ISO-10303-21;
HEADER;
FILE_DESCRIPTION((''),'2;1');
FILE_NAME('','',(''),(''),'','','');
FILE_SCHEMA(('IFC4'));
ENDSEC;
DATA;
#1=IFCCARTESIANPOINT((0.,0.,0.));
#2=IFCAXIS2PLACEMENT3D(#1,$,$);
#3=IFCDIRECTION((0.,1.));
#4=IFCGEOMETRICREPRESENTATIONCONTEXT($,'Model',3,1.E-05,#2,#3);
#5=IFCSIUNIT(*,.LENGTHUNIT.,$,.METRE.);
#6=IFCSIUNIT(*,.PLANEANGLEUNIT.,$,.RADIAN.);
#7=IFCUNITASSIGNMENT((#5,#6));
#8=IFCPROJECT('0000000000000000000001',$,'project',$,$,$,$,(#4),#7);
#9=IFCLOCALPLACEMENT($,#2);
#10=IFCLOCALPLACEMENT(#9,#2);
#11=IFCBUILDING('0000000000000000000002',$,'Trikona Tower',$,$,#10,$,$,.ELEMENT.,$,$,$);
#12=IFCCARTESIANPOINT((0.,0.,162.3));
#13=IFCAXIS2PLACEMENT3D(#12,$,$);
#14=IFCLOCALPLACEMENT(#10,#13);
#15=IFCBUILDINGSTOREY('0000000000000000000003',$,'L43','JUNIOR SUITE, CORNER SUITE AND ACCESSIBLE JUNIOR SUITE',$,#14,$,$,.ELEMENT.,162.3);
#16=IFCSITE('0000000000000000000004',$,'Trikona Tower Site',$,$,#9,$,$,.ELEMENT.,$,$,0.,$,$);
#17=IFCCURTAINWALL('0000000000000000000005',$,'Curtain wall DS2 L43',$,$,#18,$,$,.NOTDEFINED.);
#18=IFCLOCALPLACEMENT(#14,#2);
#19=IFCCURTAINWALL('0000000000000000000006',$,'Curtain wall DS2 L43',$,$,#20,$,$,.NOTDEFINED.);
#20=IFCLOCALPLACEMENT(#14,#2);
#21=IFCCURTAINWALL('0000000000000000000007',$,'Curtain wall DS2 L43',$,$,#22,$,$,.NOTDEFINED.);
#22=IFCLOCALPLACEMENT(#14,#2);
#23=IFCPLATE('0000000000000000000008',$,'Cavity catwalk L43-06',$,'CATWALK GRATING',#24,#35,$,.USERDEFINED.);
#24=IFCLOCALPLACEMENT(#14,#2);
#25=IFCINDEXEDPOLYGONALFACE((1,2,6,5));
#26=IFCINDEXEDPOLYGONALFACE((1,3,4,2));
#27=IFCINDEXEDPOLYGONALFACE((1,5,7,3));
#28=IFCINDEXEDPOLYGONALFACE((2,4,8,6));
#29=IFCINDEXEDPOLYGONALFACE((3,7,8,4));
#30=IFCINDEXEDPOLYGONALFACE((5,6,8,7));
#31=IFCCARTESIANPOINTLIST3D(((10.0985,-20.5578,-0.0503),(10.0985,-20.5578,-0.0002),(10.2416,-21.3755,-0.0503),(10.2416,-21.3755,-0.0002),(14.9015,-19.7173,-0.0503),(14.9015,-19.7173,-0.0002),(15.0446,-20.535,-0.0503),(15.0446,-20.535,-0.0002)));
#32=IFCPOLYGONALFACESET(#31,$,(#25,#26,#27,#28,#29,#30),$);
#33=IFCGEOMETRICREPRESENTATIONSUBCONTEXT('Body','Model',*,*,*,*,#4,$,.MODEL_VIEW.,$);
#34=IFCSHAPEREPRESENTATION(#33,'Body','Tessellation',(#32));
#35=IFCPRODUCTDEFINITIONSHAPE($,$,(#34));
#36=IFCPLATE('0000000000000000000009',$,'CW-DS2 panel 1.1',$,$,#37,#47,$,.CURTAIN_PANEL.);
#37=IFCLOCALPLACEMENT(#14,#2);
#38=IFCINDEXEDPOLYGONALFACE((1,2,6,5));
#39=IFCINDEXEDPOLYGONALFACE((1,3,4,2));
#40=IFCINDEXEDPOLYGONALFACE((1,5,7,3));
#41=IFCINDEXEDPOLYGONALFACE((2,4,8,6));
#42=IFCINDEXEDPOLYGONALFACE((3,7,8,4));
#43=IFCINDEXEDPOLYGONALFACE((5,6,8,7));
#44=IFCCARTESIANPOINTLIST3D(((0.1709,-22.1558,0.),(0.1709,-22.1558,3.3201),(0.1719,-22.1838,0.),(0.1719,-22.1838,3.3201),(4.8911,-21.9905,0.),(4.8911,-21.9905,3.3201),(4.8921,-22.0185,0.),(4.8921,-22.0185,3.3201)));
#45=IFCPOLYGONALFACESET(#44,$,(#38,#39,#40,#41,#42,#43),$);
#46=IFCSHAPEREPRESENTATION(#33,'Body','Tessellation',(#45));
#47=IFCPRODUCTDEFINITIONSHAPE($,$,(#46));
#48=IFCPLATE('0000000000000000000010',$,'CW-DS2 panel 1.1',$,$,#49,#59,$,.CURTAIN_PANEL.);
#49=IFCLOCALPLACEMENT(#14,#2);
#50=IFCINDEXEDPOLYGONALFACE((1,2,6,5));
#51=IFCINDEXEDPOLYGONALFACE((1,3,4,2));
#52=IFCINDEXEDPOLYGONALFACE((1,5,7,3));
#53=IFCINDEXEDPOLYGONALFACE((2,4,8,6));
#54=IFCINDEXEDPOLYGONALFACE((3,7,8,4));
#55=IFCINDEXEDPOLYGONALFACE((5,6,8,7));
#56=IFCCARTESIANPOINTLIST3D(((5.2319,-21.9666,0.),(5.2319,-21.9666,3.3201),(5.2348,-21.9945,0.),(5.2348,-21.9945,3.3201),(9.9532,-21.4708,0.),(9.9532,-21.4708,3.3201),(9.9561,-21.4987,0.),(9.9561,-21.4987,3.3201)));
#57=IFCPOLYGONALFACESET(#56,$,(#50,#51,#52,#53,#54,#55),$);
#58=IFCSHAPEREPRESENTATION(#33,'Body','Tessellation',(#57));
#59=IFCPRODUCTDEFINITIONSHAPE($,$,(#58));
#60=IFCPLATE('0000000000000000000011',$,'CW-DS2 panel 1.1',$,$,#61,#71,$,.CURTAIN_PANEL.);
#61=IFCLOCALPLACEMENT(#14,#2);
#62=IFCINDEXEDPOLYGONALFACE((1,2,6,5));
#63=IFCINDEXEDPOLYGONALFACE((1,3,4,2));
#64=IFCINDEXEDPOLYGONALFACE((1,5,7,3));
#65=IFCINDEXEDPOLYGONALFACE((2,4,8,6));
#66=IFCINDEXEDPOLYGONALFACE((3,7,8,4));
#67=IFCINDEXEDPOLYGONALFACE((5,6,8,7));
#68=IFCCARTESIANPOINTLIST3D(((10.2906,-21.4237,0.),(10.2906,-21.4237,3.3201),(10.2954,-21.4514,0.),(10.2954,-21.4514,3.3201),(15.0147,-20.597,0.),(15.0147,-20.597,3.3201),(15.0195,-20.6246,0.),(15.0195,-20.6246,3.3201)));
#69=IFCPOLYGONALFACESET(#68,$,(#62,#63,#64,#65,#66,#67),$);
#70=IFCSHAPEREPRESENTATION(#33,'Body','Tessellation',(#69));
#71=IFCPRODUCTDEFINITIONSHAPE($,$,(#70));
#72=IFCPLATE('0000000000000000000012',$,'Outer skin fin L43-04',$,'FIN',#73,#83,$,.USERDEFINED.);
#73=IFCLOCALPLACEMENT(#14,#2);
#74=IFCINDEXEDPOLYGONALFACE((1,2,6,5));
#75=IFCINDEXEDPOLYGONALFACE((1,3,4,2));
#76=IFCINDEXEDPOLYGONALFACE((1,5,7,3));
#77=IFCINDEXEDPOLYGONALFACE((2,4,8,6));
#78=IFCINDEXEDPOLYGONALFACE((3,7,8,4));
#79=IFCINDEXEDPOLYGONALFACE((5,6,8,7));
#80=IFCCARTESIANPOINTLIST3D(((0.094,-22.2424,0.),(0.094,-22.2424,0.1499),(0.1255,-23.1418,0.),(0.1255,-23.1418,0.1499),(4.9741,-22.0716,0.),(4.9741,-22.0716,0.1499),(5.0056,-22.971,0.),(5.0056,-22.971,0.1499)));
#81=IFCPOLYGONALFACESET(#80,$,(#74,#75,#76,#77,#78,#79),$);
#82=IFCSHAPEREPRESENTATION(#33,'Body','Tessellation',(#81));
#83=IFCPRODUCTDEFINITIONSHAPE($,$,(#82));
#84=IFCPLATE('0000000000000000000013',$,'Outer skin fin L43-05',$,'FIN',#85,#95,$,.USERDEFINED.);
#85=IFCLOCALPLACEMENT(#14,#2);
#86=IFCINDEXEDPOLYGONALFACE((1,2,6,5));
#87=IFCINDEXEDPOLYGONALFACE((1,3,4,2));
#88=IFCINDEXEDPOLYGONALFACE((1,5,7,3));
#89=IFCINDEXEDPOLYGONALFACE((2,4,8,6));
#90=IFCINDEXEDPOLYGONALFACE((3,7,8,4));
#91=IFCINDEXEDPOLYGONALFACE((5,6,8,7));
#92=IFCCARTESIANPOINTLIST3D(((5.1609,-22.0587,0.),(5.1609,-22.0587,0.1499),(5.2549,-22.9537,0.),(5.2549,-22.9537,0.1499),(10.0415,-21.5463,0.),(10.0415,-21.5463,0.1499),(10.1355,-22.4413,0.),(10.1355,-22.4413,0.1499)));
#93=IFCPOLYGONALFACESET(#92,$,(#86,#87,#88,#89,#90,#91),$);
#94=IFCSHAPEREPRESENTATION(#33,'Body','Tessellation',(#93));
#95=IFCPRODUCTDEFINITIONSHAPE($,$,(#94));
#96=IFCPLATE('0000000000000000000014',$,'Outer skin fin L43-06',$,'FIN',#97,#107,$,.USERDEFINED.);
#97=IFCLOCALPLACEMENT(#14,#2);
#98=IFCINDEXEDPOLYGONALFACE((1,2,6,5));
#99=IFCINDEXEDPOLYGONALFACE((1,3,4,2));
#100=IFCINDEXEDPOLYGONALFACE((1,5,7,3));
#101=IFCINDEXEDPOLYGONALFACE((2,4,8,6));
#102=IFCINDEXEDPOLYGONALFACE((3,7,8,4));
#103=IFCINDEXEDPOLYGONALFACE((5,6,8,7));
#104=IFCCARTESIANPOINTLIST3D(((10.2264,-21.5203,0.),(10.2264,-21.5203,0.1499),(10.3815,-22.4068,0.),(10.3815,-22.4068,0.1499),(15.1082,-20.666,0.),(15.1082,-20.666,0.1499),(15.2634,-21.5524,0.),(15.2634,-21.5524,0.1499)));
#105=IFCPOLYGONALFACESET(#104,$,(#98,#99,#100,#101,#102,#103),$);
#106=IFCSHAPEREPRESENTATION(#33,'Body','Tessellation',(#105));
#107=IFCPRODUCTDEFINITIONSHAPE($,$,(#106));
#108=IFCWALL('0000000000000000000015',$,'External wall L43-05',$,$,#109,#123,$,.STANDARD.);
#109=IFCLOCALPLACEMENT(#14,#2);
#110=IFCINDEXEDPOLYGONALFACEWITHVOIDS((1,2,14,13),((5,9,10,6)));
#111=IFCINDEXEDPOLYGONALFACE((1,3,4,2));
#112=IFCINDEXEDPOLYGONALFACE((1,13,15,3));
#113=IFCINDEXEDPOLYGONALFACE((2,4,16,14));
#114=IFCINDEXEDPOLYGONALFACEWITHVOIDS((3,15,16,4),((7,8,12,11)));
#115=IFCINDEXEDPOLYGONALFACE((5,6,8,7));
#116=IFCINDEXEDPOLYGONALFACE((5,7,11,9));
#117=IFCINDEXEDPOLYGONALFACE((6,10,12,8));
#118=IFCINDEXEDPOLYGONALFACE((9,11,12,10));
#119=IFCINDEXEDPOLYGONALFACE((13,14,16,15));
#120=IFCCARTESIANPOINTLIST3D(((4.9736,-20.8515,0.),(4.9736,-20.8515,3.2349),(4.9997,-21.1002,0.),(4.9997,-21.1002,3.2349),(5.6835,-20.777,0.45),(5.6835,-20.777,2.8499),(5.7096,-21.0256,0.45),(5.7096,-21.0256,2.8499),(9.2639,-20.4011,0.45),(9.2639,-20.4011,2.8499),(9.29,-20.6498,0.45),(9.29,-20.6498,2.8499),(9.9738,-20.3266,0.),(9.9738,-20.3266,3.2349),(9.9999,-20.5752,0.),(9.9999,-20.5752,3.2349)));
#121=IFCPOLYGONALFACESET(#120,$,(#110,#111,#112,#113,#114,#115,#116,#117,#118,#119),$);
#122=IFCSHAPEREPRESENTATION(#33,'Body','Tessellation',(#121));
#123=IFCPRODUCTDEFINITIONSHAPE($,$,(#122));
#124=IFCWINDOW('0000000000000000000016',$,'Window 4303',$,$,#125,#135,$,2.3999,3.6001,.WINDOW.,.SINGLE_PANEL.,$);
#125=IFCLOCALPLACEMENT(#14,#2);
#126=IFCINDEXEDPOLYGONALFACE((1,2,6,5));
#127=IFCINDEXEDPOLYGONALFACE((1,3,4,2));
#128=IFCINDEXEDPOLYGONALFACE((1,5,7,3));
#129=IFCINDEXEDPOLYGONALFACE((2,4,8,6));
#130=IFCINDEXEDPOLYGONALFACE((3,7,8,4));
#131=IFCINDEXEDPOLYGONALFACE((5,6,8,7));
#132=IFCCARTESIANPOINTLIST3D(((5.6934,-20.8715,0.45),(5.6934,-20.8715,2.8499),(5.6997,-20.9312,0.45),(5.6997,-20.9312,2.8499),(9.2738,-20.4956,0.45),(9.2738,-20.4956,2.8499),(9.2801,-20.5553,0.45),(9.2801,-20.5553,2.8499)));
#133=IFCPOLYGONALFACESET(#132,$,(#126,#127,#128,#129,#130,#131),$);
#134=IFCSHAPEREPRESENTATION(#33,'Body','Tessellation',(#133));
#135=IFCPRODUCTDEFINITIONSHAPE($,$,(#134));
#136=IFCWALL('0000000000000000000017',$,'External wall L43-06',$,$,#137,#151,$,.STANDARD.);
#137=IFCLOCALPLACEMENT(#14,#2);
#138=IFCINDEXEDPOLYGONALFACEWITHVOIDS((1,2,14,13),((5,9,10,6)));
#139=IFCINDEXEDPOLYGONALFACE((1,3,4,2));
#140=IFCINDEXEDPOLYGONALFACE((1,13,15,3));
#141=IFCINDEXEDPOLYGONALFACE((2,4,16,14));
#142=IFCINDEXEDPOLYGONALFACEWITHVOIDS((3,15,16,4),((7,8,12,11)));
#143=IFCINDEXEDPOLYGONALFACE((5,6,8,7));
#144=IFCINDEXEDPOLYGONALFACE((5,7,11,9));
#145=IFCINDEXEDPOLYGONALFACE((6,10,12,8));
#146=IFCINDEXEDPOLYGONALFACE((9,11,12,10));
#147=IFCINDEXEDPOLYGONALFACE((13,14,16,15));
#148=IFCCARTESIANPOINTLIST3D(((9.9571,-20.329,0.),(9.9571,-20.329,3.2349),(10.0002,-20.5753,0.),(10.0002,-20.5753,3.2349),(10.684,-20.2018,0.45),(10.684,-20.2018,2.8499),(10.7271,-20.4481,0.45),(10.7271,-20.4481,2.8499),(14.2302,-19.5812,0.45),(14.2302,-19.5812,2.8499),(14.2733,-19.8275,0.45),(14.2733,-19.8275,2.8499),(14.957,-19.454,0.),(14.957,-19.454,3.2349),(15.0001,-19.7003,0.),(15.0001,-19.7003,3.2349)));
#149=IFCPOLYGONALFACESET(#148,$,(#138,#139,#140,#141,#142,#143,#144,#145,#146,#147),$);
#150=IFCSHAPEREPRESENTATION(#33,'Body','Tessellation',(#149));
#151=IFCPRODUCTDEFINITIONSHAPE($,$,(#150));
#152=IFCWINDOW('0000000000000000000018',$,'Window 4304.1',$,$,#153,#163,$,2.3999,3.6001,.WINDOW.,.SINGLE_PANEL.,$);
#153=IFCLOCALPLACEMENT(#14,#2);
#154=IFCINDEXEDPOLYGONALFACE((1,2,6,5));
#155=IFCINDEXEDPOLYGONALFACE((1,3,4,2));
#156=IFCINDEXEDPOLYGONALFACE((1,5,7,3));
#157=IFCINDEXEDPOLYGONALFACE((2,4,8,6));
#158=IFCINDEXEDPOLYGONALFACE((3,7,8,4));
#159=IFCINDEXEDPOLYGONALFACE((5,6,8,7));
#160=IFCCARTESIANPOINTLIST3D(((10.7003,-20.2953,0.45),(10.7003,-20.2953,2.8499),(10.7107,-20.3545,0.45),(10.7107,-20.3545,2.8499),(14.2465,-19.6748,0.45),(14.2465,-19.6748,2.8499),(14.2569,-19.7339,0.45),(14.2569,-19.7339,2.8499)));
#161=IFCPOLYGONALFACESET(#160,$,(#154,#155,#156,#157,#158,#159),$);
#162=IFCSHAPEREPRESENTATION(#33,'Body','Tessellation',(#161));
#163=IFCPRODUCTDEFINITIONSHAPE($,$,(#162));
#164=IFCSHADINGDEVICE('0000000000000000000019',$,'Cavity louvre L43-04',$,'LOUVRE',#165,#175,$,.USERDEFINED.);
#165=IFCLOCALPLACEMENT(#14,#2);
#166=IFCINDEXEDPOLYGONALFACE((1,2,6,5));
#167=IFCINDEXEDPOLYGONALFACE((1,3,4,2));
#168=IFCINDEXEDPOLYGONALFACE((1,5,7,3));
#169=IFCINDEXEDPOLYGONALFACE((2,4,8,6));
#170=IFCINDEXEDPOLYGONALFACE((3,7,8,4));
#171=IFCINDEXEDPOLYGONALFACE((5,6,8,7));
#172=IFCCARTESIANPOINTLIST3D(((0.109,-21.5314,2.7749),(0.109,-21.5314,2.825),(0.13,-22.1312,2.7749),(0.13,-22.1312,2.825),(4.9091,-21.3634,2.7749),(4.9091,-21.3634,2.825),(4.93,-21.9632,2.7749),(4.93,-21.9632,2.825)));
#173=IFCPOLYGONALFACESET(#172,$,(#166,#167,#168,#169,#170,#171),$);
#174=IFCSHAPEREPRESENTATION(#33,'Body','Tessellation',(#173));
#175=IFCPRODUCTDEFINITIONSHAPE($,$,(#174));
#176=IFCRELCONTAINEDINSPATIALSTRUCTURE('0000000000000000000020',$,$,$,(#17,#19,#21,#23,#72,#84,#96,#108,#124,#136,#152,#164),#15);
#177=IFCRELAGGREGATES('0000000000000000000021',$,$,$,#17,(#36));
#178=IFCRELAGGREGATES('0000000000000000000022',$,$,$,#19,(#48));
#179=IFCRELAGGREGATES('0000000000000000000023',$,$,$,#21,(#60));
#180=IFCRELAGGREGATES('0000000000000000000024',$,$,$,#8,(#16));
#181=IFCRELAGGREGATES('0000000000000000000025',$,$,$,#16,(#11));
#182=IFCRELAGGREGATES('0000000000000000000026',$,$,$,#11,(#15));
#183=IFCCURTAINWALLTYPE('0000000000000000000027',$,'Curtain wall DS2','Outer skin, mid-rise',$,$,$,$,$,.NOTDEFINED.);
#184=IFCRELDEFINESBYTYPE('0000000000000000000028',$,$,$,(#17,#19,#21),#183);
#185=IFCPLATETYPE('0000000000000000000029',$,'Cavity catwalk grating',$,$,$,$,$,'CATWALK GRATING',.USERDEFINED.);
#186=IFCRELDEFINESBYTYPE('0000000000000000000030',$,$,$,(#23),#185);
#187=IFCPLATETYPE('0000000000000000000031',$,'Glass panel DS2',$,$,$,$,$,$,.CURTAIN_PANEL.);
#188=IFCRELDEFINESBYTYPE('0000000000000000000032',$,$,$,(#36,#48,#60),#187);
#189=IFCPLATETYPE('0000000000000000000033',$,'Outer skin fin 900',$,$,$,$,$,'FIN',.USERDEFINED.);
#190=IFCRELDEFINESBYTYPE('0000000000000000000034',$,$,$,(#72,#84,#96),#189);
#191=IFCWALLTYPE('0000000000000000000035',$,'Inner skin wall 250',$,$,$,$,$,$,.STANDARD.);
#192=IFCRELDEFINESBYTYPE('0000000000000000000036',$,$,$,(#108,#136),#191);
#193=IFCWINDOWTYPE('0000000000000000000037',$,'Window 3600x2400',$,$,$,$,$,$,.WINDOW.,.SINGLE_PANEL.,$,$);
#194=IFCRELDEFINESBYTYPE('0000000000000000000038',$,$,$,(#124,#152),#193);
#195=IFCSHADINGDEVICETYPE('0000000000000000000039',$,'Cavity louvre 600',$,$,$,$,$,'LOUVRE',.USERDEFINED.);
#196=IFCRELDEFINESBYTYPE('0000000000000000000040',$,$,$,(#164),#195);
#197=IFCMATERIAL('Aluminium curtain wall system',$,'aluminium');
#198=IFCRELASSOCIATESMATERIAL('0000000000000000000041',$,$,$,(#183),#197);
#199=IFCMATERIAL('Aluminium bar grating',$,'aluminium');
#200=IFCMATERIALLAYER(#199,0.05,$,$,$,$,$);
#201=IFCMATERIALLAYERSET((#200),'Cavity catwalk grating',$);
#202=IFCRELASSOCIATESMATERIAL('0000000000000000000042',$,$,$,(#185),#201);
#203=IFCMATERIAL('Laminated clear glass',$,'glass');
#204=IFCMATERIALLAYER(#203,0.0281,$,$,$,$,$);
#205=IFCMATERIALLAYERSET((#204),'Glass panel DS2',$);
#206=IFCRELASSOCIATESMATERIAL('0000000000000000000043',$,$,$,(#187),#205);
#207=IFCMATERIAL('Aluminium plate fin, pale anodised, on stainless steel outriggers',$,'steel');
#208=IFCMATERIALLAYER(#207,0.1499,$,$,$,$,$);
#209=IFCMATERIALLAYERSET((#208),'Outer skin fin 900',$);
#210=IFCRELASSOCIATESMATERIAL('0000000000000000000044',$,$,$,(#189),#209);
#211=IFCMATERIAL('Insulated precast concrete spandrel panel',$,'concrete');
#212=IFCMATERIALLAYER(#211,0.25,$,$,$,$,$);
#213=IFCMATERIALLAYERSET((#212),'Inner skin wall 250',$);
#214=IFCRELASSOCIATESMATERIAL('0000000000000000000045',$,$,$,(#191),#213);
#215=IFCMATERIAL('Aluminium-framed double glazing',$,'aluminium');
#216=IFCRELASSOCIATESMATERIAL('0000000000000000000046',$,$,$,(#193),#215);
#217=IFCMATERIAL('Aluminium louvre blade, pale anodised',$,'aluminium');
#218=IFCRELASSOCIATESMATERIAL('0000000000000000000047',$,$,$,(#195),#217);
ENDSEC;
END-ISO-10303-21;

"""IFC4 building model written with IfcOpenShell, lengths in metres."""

from ifc_helpers import new_model, si_unit, direction, frame, frame_2d, origin, origin_2d, place, context, subcontext, project, spatial, rectangle, extrude, material, layer, layer_set, type_object, element, fill, aggregate, save


model = new_model("IFC4")

# Units and contexts
model_context = context("Model", 3, precision=1e-05, world=origin(), true_north=direction((0.0, 1.0)))
body_context = subcontext(model_context, "Body", "Model", "MODEL_VIEW")
ifc_project = project(units=[si_unit("LENGTHUNIT", "METRE"), si_unit("PLANEANGLEUNIT", "RADIAN")], contexts=[model_context])

# Site, building, storey
site_placement = place(None, origin())
site = spatial("IfcSite", under=ifc_project, at=site_placement, Name="Trikona Tower Site", CompositionType="ELEMENT", RefElevation=0.0)
building_placement = place(site_placement, origin())
building = spatial("IfcBuilding", under=site, at=building_placement, Name="Trikona Tower", CompositionType="ELEMENT")
storey_placement = place(building_placement, frame((0.0, 0.0, 162.3)))
storey = spatial("IfcBuildingStorey", under=building, at=storey_placement, Name="L43", Description="JUNIOR SUITE, CORNER SUITE AND ACCESSIBLE JUNIOR SUITE", CompositionType="ELEMENT", Elevation=162.3)

# Curtain walls
ifc_material_1 = material(Name="Aluminium curtain wall system", Category="aluminium")
curtain_wall_type = type_object("IfcCurtainWallType", Name="Curtain wall DS2", Description="Outer skin, mid-rise", PredefinedType="NOTDEFINED", material=ifc_material_1)
curtain_wall_1_placement = place(storey_placement, origin())
curtain_wall_1 = element("IfcCurtainWall", 1, at=curtain_wall_1_placement, inside=storey, type_object=curtain_wall_type, Name="Curtain wall DS2 L43", PredefinedType="NOTDEFINED")
curtain_wall_2_placement = place(storey_placement, origin())
curtain_wall_2 = element("IfcCurtainWall", 2, at=curtain_wall_2_placement, inside=storey, type_object=curtain_wall_type, Name="Curtain wall DS2 L43", PredefinedType="NOTDEFINED")

# Curtain wall
curtain_wall_3_placement = place(storey_placement, origin())
curtain_wall_3 = element("IfcCurtainWall", 3, at=curtain_wall_3_placement, inside=storey, type_object=curtain_wall_type, Name="Curtain wall DS2 L43", PredefinedType="NOTDEFINED")

# Plate
ifc_material_2 = material(Name="Aluminium bar grating", Category="aluminium")
ifc_layer_1 = layer(ifc_material_2, 0.05)
ifc_layer_set_1 = layer_set([ifc_layer_1], Name="Cavity catwalk grating")
plate_type_1 = type_object("IfcPlateType", Name="Cavity catwalk grating", ElementType="CATWALK GRATING", PredefinedType="USERDEFINED", material=ifc_layer_set_1)
plate_1_placement = place(storey_placement, frame((12.5715, -20.5464, -0.0503), z_axis=(0.0, 0.0, 1.0), x_axis=(0.985031, 0.17238, 0.0)))
element("IfcPlate", 4, at=plate_1_placement, inside=storey, type_object=plate_type_1, Name="Cavity catwalk L43-06", ObjectType="CATWALK GRATING", PredefinedType="USERDEFINED", context=body_context, shape_type="SweptSolid", body=[
    extrude(rectangle(XDim=4.876, YDim=0.8301, at=origin_2d()), origin(), (0.0, 0.0, 1.0), 0.05),
])

# Plates
ifc_material_3 = material(Name="Laminated clear glass", Category="glass")
ifc_layer_2 = layer(ifc_material_3, 0.0281)
ifc_layer_set_2 = layer_set([ifc_layer_2], Name="Glass panel DS2")
plate_type_2 = type_object("IfcPlateType", Name="Glass panel DS2", PredefinedType="CURTAIN_PANEL", material=ifc_layer_set_2)
plate_2_placement = place(storey_placement, frame((2.5315, -22.0872, 0.0), z_axis=(0.0, 0.0, 1.0), x_axis=(0.999387, 0.034998, 0.0)))
plate_2 = element("IfcPlate", 5, at=plate_2_placement, type_object=plate_type_2, Name="CW-DS2 panel 1.1", PredefinedType="CURTAIN_PANEL", context=body_context, shape_type="SweptSolid", body=[
    extrude(rectangle(XDim=4.7231, YDim=0.0281, at=origin_2d()), origin(), (0.0, 0.0, 1.0), 3.3201),
])
aggregate(curtain_wall_1, [plate_2])
plate_3_placement = place(storey_placement, frame((7.594, -21.7327, 0.0), z_axis=(0.0, 0.0, 1.0), x_axis=(0.994532, 0.104433, 0.0)))
plate_3 = element("IfcPlate", 6, at=plate_3_placement, type_object=plate_type_2, Name="CW-DS2 panel 1.1", PredefinedType="CURTAIN_PANEL", context=body_context, shape_type="SweptSolid", body=[
    extrude(rectangle(XDim=4.7473, YDim=0.0281, at=origin_2d()), origin(), (0.0, 0.0, 1.0), 3.3201),
])
aggregate(curtain_wall_2, [plate_3])
plate_4_placement = place(storey_placement, frame((12.655, -21.0242, 0.0), z_axis=(0.0, 0.0, 1.0), x_axis=(0.985031, 0.172377, 0.0)))
plate_4 = element("IfcPlate", 7, at=plate_4_placement, type_object=plate_type_2, Name="CW-DS2 panel 1.1", PredefinedType="CURTAIN_PANEL", context=body_context, shape_type="SweptSolid", body=[
    extrude(rectangle(XDim=4.7959, YDim=0.0281, at=origin_2d()), origin(), (0.0, 0.0, 1.0), 3.3201),
])
aggregate(curtain_wall_3, [plate_4])

# Plates
ifc_material_4 = material(Name="Aluminium plate fin, pale anodised, on stainless steel outriggers", Category="steel")
ifc_layer_3 = layer(ifc_material_4, 0.1499)
ifc_layer_set_3 = layer_set([ifc_layer_3], Name="Outer skin fin 900")
plate_type_3 = type_object("IfcPlateType", Name="Outer skin fin 900", ElementType="FIN", PredefinedType="USERDEFINED", material=ifc_layer_set_3)
plate_5_placement = place(storey_placement, frame((2.5498, -22.6067, 0.0), z_axis=(0.0, 0.0, 1.0), x_axis=(0.999388, 0.034978, 0.0)))
element("IfcPlate", 8, at=plate_5_placement, inside=storey, type_object=plate_type_3, Name="Outer skin fin L43-04", ObjectType="FIN", PredefinedType="USERDEFINED", context=body_context, shape_type="SweptSolid", body=[
    extrude(rectangle(XDim=4.8831, YDim=0.8999, at=origin_2d()), origin(), (0.0, 0.0, 1.0), 0.1499),
])
plate_6_placement = place(storey_placement, frame((7.6482, -22.25, 0.0), z_axis=(0.0, 0.0, 1.0), x_axis=(0.994533, 0.104426, 0.0)))
element("IfcPlate", 9, at=plate_6_placement, inside=storey, type_object=plate_type_3, Name="Outer skin fin L43-05", ObjectType="FIN", PredefinedType="USERDEFINED", context=body_context, shape_type="SweptSolid", body=[
    extrude(rectangle(XDim=4.9075, YDim=0.8999, at=origin_2d()), origin(), (0.0, 0.0, 1.0), 0.1499),
])
plate_7_placement = place(storey_placement, frame((12.7449, -21.5364, 0.0), z_axis=(0.0, 0.0, 1.0), x_axis=(0.985031, 0.17238, 0.0)))
element("IfcPlate", 10, at=plate_7_placement, inside=storey, type_object=plate_type_3, Name="Outer skin fin L43-06", ObjectType="FIN", PredefinedType="USERDEFINED", context=body_context, shape_type="SweptSolid", body=[
    extrude(rectangle(XDim=4.9561, YDim=0.8999, at=origin_2d()), origin(), (0.0, 0.0, 1.0), 0.1499),
])

# Walls, openings, windows
ifc_material_5 = material(Name="Insulated precast concrete spandrel panel", Category="concrete")
ifc_layer_4 = layer(ifc_material_5, 0.25)
ifc_layer_set_4 = layer_set([ifc_layer_4], Name="Inner skin wall 250")
wall_type = type_object("IfcWallType", Name="Inner skin wall 250", PredefinedType="STANDARD", material=ifc_layer_set_4)
wall_1_placement = place(storey_placement, frame((4.9868, -20.9758, 0.0), z_axis=(0.0, 0.0, 1.0), x_axis=(0.994535, 0.104407, 0.0)))
wall_1 = element("IfcWall", 11, at=wall_1_placement, inside=storey, type_object=wall_type, Name="External wall L43-05", PredefinedType="STANDARD", context=body_context, shape_type="SweptSolid", body=[
    extrude(rectangle(XDim=5.0276, YDim=0.25, at=frame_2d((2.5137, 0.0))), origin(), (0.0, 0.0, 1.0), 3.2349),
])
opening_1_placement = place(wall_1_placement, frame((0.7136, 0.0, 0.45)))
opening_1 = element("IfcOpeningElement", 12, at=opening_1_placement, cuts=wall_1, PredefinedType="OPENING", context=body_context, shape_type="SweptSolid", body=[
    extrude(rectangle(XDim=3.6001, YDim=2.3999, at=frame_2d((1.8, 1.2))), frame((0.0, 0.135, 0.0), z_axis=(0.0, -1.0, 0.0), x_axis=(1.0, 0.0, 0.0)), (0.0, 0.0, 1.0), 0.27),
])
ifc_material_6 = material(Name="Aluminium-framed double glazing", Category="aluminium")
window_type = type_object("IfcWindowType", Name="Window 3600x2400", PartitioningType="SINGLE_PANEL", PredefinedType="WINDOW", material=ifc_material_6)
window_1_placement = place(opening_1_placement, origin())
window_1 = element("IfcWindow", 13, at=window_1_placement, inside=storey, type_object=window_type, Name="Window 4303", OverallHeight=2.3999, OverallWidth=3.6001, PartitioningType="SINGLE_PANEL", PredefinedType="WINDOW", context=body_context, shape_type="SweptSolid", body=[
    extrude(rectangle(XDim=3.6001, YDim=2.3999, at=frame_2d((1.8, 1.2))), frame((0.0, 0.03, 0.0), z_axis=(0.0, -1.0, 0.0), x_axis=(1.0, 0.0, 0.0)), (0.0, 0.0, 1.0), 0.0601),
])
fill(opening_1, window_1)
wall_2_placement = place(storey_placement, frame((9.9785, -20.4521, 0.0), z_axis=(0.0, 0.0, 1.0), x_axis=(0.98503, 0.17238, 0.0)))
wall_2 = element("IfcWall", 14, at=wall_2_placement, inside=storey, type_object=wall_type, Name="External wall L43-06", PredefinedType="STANDARD", context=body_context, shape_type="SweptSolid", body=[
    extrude(rectangle(XDim=5.0759, YDim=0.25, at=frame_2d((2.5381, 0.0))), origin(), (0.0, 0.0, 1.0), 3.2349),
])
opening_2_placement = place(wall_2_placement, frame((0.738, 0.0, 0.45)))
opening_2 = element("IfcOpeningElement", 15, at=opening_2_placement, cuts=wall_2, PredefinedType="OPENING", context=body_context, shape_type="SweptSolid", body=[
    extrude(rectangle(XDim=3.6001, YDim=2.3999, at=frame_2d((1.8, 1.2))), frame((0.0, 0.135, 0.0), z_axis=(0.0, -1.0, 0.0), x_axis=(1.0, 0.0, 0.0)), (0.0, 0.0, 1.0), 0.27),
])
window_2_placement = place(opening_2_placement, origin())
window_2 = element("IfcWindow", 16, at=window_2_placement, inside=storey, type_object=window_type, Name="Window 4304.1", OverallHeight=2.3999, OverallWidth=3.6001, PartitioningType="SINGLE_PANEL", PredefinedType="WINDOW", context=body_context, shape_type="SweptSolid", body=[
    extrude(rectangle(XDim=3.6001, YDim=2.3999, at=frame_2d((1.8, 1.2))), frame((0.0, 0.03, 0.0), z_axis=(0.0, -1.0, 0.0), x_axis=(1.0, 0.0, 0.0)), (0.0, 0.0, 1.0), 0.0601),
])
fill(opening_2, window_2)

# Shading device
ifc_material_7 = material(Name="Aluminium louvre blade, pale anodised", Category="aluminium")
shading_device_type = type_object("IfcShadingDeviceType", Name="Cavity louvre 600", ElementType="LOUVRE", PredefinedType="USERDEFINED", material=ifc_material_7)
shading_device_1_placement = place(storey_placement, frame((2.5195, -21.7473, 2.7749), z_axis=(0.0, 0.0, 1.0), x_axis=(0.999388, 0.034978, 0.0)))
element("IfcShadingDevice", 17, at=shading_device_1_placement, inside=storey, type_object=shading_device_type, Name="Cavity louvre L43-04", ObjectType="LOUVRE", PredefinedType="USERDEFINED", context=body_context, shape_type="SweptSolid", body=[
    extrude(rectangle(XDim=4.803, YDim=0.6001, at=origin_2d()), origin(), (0.0, 0.0, 1.0), 0.05),
])

save(model, "model.ifc")
